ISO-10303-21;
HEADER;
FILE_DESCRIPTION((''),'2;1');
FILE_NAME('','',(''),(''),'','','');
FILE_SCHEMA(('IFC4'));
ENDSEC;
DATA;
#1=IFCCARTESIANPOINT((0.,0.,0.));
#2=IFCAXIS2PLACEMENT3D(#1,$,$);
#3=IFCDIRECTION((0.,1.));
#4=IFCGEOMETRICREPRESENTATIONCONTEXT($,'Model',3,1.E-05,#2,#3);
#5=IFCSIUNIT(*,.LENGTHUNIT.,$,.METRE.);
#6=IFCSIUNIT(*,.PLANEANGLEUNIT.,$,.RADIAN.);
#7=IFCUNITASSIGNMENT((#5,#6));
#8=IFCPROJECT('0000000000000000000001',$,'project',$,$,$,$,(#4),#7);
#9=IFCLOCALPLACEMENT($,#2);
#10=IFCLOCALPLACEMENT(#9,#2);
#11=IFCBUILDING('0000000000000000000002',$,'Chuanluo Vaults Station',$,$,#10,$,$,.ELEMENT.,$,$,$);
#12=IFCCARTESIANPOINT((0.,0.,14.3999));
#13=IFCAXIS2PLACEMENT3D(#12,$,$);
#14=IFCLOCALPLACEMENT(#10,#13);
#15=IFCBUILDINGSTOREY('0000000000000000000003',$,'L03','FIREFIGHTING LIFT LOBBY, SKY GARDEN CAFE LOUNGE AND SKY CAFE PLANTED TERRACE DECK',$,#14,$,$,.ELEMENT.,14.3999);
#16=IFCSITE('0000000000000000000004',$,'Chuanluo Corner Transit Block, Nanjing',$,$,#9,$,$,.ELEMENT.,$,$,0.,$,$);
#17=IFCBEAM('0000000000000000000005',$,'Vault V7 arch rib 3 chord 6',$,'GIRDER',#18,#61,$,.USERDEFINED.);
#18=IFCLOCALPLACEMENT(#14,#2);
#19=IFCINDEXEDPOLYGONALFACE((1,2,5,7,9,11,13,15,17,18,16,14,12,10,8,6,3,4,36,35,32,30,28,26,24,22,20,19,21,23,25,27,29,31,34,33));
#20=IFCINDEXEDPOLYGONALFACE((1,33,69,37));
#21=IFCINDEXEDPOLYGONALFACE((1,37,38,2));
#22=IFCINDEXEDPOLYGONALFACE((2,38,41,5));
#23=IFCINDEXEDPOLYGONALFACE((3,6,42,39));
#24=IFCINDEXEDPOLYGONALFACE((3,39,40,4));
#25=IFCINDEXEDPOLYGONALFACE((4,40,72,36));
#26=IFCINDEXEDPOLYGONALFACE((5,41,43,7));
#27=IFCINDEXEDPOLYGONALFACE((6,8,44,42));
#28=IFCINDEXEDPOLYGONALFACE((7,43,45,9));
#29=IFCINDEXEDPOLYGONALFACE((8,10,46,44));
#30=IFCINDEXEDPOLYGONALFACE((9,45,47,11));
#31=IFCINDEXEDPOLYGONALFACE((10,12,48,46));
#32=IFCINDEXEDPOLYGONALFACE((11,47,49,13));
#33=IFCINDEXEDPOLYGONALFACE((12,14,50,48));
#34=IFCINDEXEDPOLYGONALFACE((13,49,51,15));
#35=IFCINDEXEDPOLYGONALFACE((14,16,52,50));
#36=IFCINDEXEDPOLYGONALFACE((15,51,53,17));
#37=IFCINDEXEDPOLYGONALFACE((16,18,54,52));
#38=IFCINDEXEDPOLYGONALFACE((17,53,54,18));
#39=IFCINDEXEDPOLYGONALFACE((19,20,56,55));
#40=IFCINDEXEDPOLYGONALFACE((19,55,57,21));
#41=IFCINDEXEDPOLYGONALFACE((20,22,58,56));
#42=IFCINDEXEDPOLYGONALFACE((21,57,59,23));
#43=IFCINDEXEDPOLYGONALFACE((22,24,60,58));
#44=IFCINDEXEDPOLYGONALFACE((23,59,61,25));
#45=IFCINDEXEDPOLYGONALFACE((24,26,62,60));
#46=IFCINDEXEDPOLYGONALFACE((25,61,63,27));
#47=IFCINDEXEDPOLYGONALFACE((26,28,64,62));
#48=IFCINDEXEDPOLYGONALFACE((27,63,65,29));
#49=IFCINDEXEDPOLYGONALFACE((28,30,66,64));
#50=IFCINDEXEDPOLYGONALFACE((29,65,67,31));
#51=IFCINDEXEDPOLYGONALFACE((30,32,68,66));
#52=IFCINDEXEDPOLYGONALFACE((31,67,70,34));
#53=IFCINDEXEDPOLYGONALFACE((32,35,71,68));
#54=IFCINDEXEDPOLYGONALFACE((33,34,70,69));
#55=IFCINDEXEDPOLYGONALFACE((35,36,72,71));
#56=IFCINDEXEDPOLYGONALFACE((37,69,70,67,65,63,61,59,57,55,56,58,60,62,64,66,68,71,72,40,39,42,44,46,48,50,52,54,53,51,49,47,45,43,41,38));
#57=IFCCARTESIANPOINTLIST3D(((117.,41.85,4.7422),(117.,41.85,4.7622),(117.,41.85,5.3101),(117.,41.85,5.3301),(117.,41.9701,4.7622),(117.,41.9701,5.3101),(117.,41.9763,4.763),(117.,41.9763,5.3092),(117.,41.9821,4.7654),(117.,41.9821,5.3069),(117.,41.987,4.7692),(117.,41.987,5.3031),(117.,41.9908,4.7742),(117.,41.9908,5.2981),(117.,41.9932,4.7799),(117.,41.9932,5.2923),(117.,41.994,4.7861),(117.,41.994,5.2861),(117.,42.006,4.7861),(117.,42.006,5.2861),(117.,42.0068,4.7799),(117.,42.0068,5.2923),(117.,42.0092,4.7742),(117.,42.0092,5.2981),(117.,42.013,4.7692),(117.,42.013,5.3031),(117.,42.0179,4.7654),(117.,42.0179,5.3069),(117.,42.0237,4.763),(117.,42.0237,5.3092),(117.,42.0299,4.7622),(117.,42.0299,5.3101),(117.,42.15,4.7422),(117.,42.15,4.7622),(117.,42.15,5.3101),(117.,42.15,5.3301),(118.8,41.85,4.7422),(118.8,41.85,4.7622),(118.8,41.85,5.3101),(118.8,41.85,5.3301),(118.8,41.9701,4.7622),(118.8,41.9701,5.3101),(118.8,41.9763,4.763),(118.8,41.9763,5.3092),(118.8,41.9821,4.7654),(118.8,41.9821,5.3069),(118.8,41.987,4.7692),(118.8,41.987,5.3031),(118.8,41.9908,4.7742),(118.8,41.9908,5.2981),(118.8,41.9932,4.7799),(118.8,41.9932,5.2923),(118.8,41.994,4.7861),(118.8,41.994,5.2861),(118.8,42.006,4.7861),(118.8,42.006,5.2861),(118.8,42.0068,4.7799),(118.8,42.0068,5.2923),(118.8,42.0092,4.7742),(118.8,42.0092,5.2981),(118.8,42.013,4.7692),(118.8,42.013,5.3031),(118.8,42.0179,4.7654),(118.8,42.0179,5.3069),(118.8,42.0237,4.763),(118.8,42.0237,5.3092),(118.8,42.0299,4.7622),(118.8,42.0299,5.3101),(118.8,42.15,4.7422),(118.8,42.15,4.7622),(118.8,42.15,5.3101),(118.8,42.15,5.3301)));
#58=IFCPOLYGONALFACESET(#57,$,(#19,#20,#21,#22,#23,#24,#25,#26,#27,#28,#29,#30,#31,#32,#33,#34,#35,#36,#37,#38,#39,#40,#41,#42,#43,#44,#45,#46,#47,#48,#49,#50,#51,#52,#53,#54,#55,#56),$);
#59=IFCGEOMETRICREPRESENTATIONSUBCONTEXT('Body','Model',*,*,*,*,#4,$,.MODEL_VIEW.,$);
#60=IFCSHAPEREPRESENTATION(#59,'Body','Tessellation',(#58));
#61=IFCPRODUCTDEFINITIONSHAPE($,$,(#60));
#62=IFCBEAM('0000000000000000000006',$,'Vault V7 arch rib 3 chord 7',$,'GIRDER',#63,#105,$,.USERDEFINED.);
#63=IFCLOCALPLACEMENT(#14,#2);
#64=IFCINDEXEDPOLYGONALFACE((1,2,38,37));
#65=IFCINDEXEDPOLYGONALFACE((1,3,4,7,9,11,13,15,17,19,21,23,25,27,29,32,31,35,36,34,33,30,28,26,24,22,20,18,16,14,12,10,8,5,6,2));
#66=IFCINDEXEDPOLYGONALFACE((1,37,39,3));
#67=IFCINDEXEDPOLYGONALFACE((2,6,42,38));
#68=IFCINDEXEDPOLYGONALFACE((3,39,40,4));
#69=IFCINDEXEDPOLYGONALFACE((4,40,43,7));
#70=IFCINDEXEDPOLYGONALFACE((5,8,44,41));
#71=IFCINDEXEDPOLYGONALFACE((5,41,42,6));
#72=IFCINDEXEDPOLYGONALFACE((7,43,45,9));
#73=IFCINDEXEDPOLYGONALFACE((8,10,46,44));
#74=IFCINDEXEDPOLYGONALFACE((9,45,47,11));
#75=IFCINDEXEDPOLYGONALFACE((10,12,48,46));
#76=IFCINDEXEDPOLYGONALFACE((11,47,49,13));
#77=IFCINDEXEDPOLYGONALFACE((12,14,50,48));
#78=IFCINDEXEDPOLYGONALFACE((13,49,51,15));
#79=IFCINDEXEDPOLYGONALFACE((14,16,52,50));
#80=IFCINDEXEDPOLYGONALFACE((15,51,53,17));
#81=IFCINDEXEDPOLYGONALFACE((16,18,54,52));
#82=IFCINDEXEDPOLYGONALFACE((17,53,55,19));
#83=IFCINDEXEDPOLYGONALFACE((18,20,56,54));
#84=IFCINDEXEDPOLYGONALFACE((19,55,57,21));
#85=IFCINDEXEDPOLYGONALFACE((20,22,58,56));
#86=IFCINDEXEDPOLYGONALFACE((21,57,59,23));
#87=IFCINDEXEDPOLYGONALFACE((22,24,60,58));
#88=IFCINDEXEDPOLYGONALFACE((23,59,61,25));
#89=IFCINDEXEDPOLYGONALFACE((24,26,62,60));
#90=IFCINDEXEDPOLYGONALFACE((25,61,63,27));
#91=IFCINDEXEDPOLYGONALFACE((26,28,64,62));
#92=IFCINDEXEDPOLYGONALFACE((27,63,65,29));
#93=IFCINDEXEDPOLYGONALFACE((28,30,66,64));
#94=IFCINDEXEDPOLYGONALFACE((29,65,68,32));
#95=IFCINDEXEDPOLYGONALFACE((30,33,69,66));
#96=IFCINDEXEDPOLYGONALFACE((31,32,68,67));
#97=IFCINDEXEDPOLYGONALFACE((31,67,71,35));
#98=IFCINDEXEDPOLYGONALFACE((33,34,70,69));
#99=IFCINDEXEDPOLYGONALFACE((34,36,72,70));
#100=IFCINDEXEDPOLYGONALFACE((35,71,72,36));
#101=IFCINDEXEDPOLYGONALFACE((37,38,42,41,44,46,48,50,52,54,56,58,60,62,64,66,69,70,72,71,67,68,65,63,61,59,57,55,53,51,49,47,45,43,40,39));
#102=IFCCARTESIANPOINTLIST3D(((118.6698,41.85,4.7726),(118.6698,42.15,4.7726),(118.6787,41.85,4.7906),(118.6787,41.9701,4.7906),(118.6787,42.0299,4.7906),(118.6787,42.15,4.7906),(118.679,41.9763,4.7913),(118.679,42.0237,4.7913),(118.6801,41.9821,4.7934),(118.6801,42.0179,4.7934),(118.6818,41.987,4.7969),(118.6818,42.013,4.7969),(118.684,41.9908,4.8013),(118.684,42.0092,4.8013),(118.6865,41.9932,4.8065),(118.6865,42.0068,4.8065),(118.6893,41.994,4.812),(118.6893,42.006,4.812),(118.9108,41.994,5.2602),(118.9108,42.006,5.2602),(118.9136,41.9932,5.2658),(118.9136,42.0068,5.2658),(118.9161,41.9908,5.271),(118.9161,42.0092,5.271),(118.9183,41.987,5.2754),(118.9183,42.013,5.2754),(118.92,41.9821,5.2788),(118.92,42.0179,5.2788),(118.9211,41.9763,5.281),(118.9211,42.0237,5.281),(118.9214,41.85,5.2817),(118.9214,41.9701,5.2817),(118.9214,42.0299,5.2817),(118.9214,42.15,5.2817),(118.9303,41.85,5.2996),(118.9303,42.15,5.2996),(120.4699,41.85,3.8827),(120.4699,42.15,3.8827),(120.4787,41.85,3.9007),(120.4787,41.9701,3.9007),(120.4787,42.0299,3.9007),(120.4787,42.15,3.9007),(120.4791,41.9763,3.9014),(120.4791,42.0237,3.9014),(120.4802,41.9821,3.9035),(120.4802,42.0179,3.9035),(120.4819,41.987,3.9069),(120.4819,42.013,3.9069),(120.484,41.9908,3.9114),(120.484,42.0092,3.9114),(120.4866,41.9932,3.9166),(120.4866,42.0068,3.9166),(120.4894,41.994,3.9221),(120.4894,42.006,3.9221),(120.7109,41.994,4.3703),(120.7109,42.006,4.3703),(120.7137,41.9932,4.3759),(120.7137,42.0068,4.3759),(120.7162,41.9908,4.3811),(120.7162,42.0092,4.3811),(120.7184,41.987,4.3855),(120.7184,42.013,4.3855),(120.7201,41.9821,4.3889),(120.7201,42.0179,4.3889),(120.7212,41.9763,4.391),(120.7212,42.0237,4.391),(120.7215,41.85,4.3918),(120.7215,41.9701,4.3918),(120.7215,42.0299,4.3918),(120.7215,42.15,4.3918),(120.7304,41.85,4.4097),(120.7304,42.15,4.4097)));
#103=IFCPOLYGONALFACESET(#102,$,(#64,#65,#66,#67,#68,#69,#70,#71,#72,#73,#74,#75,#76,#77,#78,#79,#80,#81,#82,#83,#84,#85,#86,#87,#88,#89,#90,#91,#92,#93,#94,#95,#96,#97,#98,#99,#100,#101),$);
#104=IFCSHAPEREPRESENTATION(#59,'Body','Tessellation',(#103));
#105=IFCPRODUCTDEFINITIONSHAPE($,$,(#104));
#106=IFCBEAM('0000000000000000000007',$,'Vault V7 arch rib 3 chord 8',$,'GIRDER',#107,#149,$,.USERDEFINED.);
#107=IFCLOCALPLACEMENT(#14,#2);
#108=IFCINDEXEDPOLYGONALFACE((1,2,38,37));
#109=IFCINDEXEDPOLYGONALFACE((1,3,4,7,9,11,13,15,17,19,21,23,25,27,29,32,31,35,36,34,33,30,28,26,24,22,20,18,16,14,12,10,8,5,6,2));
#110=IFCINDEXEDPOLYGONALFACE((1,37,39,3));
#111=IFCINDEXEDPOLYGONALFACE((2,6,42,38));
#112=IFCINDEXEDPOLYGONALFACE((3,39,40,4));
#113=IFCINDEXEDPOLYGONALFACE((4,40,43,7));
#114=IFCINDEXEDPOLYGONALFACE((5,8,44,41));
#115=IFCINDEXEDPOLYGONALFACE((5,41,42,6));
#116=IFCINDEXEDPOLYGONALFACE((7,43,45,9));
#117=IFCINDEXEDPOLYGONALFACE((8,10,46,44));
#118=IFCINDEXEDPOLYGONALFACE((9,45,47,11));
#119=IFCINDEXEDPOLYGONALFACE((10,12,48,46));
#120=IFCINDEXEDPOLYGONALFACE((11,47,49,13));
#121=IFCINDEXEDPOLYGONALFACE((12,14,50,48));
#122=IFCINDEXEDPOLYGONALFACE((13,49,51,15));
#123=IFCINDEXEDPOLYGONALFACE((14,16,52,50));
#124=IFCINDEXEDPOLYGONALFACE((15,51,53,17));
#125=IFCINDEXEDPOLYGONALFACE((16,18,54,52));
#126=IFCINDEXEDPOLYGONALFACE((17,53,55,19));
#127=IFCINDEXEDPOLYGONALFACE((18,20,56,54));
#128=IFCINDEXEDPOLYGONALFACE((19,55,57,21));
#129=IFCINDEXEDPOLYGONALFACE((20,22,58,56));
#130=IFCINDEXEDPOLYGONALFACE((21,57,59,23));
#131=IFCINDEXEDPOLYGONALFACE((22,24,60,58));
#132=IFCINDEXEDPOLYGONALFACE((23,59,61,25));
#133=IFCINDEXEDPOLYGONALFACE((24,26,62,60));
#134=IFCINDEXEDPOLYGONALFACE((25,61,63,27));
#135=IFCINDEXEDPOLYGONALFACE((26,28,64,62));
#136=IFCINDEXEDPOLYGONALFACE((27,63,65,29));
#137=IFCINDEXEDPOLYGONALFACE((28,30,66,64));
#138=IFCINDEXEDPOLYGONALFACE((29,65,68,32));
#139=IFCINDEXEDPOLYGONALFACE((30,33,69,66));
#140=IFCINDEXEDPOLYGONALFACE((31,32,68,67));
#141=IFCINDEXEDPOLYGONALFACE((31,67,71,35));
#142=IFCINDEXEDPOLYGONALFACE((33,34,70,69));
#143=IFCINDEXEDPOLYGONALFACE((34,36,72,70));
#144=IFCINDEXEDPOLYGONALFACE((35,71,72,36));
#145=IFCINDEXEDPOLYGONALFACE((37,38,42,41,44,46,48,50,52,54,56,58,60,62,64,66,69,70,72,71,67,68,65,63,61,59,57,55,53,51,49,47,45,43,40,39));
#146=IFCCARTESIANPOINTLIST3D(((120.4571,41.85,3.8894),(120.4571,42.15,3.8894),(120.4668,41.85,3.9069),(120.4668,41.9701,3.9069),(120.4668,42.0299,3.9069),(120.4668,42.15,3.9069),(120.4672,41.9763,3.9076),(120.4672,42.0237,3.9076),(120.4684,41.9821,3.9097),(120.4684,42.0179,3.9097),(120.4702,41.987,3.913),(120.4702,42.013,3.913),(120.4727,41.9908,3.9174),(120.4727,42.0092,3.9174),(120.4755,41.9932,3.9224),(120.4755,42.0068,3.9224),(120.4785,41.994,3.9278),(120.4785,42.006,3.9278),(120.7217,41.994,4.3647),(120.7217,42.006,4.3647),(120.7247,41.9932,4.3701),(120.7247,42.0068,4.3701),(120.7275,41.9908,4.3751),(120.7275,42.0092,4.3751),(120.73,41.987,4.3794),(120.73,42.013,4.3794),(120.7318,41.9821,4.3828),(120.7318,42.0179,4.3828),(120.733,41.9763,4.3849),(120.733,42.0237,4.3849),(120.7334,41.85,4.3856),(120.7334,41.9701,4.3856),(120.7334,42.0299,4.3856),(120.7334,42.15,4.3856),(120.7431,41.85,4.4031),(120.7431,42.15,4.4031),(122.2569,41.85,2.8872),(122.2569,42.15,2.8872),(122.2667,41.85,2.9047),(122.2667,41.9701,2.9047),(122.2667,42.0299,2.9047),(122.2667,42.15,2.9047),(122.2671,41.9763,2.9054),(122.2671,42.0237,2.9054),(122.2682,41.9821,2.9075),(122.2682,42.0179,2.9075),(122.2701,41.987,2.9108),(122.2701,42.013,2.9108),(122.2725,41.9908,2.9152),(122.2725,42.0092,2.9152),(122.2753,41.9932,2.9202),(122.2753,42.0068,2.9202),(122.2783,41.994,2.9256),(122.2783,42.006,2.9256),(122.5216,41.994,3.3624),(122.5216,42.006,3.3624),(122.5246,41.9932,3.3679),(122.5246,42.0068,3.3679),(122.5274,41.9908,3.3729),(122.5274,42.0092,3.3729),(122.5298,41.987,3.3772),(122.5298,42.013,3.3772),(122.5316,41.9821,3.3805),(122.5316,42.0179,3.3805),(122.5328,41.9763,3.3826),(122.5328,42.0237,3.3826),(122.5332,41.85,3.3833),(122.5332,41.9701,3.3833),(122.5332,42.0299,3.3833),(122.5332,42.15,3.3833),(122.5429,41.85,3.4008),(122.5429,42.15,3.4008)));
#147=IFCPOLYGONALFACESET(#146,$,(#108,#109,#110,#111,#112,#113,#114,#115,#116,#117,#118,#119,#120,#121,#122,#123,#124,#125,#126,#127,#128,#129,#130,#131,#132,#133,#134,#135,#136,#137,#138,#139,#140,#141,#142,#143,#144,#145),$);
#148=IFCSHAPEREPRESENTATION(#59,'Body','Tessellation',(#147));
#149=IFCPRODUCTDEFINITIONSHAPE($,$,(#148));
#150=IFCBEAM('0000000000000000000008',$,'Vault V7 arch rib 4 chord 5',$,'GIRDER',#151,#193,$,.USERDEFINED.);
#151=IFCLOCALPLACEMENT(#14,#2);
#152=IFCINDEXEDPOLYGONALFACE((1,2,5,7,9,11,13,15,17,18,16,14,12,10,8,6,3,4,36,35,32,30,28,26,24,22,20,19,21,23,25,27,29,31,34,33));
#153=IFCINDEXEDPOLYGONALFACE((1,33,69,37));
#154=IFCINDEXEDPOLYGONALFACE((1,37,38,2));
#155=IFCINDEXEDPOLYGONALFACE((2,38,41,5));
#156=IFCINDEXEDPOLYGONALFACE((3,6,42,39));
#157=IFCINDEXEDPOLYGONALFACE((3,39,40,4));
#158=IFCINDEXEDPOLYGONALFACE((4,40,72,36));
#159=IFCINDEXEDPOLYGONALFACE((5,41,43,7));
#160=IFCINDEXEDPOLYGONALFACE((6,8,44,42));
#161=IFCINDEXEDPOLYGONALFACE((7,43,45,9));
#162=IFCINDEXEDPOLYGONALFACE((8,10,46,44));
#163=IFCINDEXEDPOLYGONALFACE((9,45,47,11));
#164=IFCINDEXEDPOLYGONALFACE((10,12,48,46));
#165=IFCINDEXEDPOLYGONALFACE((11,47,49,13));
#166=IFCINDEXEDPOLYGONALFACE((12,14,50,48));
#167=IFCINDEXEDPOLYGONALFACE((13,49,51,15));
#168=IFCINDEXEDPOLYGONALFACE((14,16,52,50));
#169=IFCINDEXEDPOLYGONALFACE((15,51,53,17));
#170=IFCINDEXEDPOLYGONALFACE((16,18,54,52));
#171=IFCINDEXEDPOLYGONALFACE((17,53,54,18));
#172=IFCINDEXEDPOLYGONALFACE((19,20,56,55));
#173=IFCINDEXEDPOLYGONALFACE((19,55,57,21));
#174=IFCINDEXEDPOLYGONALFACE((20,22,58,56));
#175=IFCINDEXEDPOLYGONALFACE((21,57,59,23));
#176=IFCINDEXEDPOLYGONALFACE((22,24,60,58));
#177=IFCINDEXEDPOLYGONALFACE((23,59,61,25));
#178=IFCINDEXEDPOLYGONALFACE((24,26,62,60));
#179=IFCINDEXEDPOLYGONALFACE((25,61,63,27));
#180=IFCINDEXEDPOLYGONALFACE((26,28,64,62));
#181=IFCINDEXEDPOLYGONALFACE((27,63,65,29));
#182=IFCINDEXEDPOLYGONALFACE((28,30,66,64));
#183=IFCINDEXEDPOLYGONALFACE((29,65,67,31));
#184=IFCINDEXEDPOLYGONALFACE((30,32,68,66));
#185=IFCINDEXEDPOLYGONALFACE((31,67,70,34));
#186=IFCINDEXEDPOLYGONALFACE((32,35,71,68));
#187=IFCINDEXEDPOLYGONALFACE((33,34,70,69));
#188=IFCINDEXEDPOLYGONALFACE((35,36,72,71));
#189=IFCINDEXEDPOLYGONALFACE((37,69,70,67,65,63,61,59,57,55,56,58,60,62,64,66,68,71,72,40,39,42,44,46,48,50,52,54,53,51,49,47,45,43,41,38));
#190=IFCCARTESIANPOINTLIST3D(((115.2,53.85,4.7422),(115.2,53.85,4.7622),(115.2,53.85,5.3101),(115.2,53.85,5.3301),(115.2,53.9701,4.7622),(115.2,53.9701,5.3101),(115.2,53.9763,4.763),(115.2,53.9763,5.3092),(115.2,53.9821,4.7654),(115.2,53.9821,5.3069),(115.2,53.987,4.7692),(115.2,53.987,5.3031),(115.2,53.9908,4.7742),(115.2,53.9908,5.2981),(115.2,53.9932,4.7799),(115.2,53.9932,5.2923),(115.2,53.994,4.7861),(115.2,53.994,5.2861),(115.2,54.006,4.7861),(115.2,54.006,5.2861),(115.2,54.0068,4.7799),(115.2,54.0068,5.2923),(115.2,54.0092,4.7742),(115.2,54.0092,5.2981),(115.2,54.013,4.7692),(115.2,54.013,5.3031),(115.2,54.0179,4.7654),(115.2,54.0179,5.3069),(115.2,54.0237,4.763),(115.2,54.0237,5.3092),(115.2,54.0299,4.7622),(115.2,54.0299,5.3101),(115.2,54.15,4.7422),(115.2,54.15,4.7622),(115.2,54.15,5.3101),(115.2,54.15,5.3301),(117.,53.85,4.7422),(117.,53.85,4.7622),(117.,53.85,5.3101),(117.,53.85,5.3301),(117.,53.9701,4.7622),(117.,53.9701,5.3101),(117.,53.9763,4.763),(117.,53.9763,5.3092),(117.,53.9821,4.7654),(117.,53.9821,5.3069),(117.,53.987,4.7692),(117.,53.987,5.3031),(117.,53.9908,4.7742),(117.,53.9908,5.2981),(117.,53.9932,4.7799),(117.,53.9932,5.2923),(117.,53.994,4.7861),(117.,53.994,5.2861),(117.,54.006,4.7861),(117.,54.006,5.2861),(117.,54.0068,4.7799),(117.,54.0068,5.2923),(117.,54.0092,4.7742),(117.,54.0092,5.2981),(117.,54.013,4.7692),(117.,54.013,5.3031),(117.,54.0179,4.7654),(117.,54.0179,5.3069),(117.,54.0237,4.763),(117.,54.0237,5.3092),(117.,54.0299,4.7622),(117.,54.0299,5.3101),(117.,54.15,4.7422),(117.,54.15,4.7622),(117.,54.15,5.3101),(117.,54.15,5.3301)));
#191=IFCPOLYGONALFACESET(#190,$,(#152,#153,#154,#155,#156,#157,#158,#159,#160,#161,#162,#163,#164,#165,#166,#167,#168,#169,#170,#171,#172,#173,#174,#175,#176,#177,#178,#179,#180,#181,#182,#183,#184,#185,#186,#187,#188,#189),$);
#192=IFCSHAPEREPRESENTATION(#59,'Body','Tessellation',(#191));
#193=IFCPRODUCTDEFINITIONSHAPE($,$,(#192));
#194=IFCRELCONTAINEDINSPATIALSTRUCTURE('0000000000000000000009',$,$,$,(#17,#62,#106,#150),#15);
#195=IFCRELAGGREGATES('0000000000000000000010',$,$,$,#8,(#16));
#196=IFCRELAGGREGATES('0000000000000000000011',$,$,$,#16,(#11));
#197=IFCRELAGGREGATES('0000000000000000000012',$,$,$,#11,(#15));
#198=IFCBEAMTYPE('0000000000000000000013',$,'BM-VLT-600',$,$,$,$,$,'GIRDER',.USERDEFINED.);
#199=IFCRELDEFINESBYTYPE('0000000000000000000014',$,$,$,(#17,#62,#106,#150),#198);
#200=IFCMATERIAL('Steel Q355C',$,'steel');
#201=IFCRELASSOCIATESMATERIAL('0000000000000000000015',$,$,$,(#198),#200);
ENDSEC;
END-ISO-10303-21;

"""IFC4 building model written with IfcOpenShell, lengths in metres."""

from ifc_helpers import new_model, si_unit, direction, frame, origin, origin_2d, place, context, subcontext, project, spatial, i_section, extrude, material, material_profile, profile_set, type_object, element, save


model = new_model("IFC4")

# Units and contexts
model_context = context("Model", 3, precision=1e-05, world=origin(), true_north=direction((0.0, 1.0)))
body_context = subcontext(model_context, "Body", "Model", "MODEL_VIEW")
ifc_project = project(units=[si_unit("LENGTHUNIT", "METRE"), si_unit("PLANEANGLEUNIT", "RADIAN")], contexts=[model_context])

# Site, building, storey
site_placement = place(None, origin())
site = spatial("IfcSite", under=ifc_project, at=site_placement, Name="Chuanluo Corner Transit Block, Nanjing", CompositionType="ELEMENT", RefElevation=0.0)
building_placement = place(site_placement, origin())
building = spatial("IfcBuilding", under=site, at=building_placement, Name="Chuanluo Vaults Station", CompositionType="ELEMENT")
storey_placement = place(building_placement, frame((0.0, 0.0, 14.3999)))
storey = spatial("IfcBuildingStorey", under=building, at=storey_placement, Name="L03", Description="FIREFIGHTING LIFT LOBBY, SKY GARDEN CAFE LOUNGE AND SKY CAFE PLANTED TERRACE DECK", CompositionType="ELEMENT", Elevation=14.3999)

# Beams
ifc_material_1 = material(Name="Steel Q355C", Category="steel")
ifc_material_profile_1 = material_profile(ifc_material_1, i_section(OverallWidth=0.3, OverallDepth=0.5879, WebThickness=0.012, FlangeThickness=0.02, FilletRadius=0.0239, at=origin_2d()))
ifc_profile_set_1 = profile_set([ifc_material_profile_1], Name="Steel Q355C")
beam_type = type_object("IfcBeamType", Name="BM-VLT-600", ElementType="GIRDER", PredefinedType="USERDEFINED", material=ifc_profile_set_1)
beam_1_placement = place(storey_placement, frame((117.0, 42.0, 5.0361), z_axis=(1.0, 0.0, 0.0), x_axis=(0.0, 1.0, 0.0)))
element("IfcBeam", 1, at=beam_1_placement, inside=storey, type_object=beam_type, Name="Vault V7 arch rib 3 chord 6", ObjectType="GIRDER", PredefinedType="USERDEFINED", context=body_context, shape_type="SweptSolid", body=[
    extrude(i_section(OverallWidth=0.3, OverallDepth=0.5879, WebThickness=0.012, FlangeThickness=0.02, FilletRadius=0.0239, at=origin_2d()), origin(), (0.0, 0.0, 1.0), 1.8),
])
beam_2_placement = place(storey_placement, frame((118.8, 42.0, 5.0361), z_axis=(0.896436, 0.0, -0.443172), x_axis=(0.0, 1.0, 0.0)))
element("IfcBeam", 2, at=beam_2_placement, inside=storey, type_object=beam_type, Name="Vault V7 arch rib 3 chord 7", ObjectType="GIRDER", PredefinedType="USERDEFINED", context=body_context, shape_type="SweptSolid", body=[
    extrude(i_section(OverallWidth=0.3, OverallDepth=0.5879, WebThickness=0.012, FlangeThickness=0.02, FilletRadius=0.0239, at=origin_2d()), origin(), (0.0, 0.0, 1.0), 2.0081),
])
beam_3_placement = place(storey_placement, frame((120.6001, 42.0, 4.1462), z_axis=(0.873682, 0.0, -0.486498), x_axis=(0.0, 1.0, 0.0)))
element("IfcBeam", 3, at=beam_3_placement, inside=storey, type_object=beam_type, Name="Vault V7 arch rib 3 chord 8", ObjectType="GIRDER", PredefinedType="USERDEFINED", context=body_context, shape_type="SweptSolid", body=[
    extrude(i_section(OverallWidth=0.3, OverallDepth=0.5879, WebThickness=0.012, FlangeThickness=0.02, FilletRadius=0.0239, at=origin_2d()), origin(), (0.0, 0.0, 1.0), 2.0601),
])
for number, where, z_axis, x_axis, name in (
    (4, (115.2, 54.0, 5.0361), (1.0, 0.0, 0.0), (0.0, 1.0, 0.0), "Vault V7 arch rib 4 chord 5"),
):
    element("IfcBeam", number, at=place(storey_placement, frame(where, z_axis=z_axis, x_axis=x_axis)), inside=storey, type_object=beam_type, Name=name, ObjectType="GIRDER", PredefinedType="USERDEFINED", context=body_context, shape_type="SweptSolid", body=[
        extrude(i_section(OverallWidth=0.3, OverallDepth=0.5879, WebThickness=0.012, FlangeThickness=0.02, FilletRadius=0.0239, at=origin_2d()), origin(), (0.0, 0.0, 1.0), 1.8),
    ])

save(model, "model.ifc")
